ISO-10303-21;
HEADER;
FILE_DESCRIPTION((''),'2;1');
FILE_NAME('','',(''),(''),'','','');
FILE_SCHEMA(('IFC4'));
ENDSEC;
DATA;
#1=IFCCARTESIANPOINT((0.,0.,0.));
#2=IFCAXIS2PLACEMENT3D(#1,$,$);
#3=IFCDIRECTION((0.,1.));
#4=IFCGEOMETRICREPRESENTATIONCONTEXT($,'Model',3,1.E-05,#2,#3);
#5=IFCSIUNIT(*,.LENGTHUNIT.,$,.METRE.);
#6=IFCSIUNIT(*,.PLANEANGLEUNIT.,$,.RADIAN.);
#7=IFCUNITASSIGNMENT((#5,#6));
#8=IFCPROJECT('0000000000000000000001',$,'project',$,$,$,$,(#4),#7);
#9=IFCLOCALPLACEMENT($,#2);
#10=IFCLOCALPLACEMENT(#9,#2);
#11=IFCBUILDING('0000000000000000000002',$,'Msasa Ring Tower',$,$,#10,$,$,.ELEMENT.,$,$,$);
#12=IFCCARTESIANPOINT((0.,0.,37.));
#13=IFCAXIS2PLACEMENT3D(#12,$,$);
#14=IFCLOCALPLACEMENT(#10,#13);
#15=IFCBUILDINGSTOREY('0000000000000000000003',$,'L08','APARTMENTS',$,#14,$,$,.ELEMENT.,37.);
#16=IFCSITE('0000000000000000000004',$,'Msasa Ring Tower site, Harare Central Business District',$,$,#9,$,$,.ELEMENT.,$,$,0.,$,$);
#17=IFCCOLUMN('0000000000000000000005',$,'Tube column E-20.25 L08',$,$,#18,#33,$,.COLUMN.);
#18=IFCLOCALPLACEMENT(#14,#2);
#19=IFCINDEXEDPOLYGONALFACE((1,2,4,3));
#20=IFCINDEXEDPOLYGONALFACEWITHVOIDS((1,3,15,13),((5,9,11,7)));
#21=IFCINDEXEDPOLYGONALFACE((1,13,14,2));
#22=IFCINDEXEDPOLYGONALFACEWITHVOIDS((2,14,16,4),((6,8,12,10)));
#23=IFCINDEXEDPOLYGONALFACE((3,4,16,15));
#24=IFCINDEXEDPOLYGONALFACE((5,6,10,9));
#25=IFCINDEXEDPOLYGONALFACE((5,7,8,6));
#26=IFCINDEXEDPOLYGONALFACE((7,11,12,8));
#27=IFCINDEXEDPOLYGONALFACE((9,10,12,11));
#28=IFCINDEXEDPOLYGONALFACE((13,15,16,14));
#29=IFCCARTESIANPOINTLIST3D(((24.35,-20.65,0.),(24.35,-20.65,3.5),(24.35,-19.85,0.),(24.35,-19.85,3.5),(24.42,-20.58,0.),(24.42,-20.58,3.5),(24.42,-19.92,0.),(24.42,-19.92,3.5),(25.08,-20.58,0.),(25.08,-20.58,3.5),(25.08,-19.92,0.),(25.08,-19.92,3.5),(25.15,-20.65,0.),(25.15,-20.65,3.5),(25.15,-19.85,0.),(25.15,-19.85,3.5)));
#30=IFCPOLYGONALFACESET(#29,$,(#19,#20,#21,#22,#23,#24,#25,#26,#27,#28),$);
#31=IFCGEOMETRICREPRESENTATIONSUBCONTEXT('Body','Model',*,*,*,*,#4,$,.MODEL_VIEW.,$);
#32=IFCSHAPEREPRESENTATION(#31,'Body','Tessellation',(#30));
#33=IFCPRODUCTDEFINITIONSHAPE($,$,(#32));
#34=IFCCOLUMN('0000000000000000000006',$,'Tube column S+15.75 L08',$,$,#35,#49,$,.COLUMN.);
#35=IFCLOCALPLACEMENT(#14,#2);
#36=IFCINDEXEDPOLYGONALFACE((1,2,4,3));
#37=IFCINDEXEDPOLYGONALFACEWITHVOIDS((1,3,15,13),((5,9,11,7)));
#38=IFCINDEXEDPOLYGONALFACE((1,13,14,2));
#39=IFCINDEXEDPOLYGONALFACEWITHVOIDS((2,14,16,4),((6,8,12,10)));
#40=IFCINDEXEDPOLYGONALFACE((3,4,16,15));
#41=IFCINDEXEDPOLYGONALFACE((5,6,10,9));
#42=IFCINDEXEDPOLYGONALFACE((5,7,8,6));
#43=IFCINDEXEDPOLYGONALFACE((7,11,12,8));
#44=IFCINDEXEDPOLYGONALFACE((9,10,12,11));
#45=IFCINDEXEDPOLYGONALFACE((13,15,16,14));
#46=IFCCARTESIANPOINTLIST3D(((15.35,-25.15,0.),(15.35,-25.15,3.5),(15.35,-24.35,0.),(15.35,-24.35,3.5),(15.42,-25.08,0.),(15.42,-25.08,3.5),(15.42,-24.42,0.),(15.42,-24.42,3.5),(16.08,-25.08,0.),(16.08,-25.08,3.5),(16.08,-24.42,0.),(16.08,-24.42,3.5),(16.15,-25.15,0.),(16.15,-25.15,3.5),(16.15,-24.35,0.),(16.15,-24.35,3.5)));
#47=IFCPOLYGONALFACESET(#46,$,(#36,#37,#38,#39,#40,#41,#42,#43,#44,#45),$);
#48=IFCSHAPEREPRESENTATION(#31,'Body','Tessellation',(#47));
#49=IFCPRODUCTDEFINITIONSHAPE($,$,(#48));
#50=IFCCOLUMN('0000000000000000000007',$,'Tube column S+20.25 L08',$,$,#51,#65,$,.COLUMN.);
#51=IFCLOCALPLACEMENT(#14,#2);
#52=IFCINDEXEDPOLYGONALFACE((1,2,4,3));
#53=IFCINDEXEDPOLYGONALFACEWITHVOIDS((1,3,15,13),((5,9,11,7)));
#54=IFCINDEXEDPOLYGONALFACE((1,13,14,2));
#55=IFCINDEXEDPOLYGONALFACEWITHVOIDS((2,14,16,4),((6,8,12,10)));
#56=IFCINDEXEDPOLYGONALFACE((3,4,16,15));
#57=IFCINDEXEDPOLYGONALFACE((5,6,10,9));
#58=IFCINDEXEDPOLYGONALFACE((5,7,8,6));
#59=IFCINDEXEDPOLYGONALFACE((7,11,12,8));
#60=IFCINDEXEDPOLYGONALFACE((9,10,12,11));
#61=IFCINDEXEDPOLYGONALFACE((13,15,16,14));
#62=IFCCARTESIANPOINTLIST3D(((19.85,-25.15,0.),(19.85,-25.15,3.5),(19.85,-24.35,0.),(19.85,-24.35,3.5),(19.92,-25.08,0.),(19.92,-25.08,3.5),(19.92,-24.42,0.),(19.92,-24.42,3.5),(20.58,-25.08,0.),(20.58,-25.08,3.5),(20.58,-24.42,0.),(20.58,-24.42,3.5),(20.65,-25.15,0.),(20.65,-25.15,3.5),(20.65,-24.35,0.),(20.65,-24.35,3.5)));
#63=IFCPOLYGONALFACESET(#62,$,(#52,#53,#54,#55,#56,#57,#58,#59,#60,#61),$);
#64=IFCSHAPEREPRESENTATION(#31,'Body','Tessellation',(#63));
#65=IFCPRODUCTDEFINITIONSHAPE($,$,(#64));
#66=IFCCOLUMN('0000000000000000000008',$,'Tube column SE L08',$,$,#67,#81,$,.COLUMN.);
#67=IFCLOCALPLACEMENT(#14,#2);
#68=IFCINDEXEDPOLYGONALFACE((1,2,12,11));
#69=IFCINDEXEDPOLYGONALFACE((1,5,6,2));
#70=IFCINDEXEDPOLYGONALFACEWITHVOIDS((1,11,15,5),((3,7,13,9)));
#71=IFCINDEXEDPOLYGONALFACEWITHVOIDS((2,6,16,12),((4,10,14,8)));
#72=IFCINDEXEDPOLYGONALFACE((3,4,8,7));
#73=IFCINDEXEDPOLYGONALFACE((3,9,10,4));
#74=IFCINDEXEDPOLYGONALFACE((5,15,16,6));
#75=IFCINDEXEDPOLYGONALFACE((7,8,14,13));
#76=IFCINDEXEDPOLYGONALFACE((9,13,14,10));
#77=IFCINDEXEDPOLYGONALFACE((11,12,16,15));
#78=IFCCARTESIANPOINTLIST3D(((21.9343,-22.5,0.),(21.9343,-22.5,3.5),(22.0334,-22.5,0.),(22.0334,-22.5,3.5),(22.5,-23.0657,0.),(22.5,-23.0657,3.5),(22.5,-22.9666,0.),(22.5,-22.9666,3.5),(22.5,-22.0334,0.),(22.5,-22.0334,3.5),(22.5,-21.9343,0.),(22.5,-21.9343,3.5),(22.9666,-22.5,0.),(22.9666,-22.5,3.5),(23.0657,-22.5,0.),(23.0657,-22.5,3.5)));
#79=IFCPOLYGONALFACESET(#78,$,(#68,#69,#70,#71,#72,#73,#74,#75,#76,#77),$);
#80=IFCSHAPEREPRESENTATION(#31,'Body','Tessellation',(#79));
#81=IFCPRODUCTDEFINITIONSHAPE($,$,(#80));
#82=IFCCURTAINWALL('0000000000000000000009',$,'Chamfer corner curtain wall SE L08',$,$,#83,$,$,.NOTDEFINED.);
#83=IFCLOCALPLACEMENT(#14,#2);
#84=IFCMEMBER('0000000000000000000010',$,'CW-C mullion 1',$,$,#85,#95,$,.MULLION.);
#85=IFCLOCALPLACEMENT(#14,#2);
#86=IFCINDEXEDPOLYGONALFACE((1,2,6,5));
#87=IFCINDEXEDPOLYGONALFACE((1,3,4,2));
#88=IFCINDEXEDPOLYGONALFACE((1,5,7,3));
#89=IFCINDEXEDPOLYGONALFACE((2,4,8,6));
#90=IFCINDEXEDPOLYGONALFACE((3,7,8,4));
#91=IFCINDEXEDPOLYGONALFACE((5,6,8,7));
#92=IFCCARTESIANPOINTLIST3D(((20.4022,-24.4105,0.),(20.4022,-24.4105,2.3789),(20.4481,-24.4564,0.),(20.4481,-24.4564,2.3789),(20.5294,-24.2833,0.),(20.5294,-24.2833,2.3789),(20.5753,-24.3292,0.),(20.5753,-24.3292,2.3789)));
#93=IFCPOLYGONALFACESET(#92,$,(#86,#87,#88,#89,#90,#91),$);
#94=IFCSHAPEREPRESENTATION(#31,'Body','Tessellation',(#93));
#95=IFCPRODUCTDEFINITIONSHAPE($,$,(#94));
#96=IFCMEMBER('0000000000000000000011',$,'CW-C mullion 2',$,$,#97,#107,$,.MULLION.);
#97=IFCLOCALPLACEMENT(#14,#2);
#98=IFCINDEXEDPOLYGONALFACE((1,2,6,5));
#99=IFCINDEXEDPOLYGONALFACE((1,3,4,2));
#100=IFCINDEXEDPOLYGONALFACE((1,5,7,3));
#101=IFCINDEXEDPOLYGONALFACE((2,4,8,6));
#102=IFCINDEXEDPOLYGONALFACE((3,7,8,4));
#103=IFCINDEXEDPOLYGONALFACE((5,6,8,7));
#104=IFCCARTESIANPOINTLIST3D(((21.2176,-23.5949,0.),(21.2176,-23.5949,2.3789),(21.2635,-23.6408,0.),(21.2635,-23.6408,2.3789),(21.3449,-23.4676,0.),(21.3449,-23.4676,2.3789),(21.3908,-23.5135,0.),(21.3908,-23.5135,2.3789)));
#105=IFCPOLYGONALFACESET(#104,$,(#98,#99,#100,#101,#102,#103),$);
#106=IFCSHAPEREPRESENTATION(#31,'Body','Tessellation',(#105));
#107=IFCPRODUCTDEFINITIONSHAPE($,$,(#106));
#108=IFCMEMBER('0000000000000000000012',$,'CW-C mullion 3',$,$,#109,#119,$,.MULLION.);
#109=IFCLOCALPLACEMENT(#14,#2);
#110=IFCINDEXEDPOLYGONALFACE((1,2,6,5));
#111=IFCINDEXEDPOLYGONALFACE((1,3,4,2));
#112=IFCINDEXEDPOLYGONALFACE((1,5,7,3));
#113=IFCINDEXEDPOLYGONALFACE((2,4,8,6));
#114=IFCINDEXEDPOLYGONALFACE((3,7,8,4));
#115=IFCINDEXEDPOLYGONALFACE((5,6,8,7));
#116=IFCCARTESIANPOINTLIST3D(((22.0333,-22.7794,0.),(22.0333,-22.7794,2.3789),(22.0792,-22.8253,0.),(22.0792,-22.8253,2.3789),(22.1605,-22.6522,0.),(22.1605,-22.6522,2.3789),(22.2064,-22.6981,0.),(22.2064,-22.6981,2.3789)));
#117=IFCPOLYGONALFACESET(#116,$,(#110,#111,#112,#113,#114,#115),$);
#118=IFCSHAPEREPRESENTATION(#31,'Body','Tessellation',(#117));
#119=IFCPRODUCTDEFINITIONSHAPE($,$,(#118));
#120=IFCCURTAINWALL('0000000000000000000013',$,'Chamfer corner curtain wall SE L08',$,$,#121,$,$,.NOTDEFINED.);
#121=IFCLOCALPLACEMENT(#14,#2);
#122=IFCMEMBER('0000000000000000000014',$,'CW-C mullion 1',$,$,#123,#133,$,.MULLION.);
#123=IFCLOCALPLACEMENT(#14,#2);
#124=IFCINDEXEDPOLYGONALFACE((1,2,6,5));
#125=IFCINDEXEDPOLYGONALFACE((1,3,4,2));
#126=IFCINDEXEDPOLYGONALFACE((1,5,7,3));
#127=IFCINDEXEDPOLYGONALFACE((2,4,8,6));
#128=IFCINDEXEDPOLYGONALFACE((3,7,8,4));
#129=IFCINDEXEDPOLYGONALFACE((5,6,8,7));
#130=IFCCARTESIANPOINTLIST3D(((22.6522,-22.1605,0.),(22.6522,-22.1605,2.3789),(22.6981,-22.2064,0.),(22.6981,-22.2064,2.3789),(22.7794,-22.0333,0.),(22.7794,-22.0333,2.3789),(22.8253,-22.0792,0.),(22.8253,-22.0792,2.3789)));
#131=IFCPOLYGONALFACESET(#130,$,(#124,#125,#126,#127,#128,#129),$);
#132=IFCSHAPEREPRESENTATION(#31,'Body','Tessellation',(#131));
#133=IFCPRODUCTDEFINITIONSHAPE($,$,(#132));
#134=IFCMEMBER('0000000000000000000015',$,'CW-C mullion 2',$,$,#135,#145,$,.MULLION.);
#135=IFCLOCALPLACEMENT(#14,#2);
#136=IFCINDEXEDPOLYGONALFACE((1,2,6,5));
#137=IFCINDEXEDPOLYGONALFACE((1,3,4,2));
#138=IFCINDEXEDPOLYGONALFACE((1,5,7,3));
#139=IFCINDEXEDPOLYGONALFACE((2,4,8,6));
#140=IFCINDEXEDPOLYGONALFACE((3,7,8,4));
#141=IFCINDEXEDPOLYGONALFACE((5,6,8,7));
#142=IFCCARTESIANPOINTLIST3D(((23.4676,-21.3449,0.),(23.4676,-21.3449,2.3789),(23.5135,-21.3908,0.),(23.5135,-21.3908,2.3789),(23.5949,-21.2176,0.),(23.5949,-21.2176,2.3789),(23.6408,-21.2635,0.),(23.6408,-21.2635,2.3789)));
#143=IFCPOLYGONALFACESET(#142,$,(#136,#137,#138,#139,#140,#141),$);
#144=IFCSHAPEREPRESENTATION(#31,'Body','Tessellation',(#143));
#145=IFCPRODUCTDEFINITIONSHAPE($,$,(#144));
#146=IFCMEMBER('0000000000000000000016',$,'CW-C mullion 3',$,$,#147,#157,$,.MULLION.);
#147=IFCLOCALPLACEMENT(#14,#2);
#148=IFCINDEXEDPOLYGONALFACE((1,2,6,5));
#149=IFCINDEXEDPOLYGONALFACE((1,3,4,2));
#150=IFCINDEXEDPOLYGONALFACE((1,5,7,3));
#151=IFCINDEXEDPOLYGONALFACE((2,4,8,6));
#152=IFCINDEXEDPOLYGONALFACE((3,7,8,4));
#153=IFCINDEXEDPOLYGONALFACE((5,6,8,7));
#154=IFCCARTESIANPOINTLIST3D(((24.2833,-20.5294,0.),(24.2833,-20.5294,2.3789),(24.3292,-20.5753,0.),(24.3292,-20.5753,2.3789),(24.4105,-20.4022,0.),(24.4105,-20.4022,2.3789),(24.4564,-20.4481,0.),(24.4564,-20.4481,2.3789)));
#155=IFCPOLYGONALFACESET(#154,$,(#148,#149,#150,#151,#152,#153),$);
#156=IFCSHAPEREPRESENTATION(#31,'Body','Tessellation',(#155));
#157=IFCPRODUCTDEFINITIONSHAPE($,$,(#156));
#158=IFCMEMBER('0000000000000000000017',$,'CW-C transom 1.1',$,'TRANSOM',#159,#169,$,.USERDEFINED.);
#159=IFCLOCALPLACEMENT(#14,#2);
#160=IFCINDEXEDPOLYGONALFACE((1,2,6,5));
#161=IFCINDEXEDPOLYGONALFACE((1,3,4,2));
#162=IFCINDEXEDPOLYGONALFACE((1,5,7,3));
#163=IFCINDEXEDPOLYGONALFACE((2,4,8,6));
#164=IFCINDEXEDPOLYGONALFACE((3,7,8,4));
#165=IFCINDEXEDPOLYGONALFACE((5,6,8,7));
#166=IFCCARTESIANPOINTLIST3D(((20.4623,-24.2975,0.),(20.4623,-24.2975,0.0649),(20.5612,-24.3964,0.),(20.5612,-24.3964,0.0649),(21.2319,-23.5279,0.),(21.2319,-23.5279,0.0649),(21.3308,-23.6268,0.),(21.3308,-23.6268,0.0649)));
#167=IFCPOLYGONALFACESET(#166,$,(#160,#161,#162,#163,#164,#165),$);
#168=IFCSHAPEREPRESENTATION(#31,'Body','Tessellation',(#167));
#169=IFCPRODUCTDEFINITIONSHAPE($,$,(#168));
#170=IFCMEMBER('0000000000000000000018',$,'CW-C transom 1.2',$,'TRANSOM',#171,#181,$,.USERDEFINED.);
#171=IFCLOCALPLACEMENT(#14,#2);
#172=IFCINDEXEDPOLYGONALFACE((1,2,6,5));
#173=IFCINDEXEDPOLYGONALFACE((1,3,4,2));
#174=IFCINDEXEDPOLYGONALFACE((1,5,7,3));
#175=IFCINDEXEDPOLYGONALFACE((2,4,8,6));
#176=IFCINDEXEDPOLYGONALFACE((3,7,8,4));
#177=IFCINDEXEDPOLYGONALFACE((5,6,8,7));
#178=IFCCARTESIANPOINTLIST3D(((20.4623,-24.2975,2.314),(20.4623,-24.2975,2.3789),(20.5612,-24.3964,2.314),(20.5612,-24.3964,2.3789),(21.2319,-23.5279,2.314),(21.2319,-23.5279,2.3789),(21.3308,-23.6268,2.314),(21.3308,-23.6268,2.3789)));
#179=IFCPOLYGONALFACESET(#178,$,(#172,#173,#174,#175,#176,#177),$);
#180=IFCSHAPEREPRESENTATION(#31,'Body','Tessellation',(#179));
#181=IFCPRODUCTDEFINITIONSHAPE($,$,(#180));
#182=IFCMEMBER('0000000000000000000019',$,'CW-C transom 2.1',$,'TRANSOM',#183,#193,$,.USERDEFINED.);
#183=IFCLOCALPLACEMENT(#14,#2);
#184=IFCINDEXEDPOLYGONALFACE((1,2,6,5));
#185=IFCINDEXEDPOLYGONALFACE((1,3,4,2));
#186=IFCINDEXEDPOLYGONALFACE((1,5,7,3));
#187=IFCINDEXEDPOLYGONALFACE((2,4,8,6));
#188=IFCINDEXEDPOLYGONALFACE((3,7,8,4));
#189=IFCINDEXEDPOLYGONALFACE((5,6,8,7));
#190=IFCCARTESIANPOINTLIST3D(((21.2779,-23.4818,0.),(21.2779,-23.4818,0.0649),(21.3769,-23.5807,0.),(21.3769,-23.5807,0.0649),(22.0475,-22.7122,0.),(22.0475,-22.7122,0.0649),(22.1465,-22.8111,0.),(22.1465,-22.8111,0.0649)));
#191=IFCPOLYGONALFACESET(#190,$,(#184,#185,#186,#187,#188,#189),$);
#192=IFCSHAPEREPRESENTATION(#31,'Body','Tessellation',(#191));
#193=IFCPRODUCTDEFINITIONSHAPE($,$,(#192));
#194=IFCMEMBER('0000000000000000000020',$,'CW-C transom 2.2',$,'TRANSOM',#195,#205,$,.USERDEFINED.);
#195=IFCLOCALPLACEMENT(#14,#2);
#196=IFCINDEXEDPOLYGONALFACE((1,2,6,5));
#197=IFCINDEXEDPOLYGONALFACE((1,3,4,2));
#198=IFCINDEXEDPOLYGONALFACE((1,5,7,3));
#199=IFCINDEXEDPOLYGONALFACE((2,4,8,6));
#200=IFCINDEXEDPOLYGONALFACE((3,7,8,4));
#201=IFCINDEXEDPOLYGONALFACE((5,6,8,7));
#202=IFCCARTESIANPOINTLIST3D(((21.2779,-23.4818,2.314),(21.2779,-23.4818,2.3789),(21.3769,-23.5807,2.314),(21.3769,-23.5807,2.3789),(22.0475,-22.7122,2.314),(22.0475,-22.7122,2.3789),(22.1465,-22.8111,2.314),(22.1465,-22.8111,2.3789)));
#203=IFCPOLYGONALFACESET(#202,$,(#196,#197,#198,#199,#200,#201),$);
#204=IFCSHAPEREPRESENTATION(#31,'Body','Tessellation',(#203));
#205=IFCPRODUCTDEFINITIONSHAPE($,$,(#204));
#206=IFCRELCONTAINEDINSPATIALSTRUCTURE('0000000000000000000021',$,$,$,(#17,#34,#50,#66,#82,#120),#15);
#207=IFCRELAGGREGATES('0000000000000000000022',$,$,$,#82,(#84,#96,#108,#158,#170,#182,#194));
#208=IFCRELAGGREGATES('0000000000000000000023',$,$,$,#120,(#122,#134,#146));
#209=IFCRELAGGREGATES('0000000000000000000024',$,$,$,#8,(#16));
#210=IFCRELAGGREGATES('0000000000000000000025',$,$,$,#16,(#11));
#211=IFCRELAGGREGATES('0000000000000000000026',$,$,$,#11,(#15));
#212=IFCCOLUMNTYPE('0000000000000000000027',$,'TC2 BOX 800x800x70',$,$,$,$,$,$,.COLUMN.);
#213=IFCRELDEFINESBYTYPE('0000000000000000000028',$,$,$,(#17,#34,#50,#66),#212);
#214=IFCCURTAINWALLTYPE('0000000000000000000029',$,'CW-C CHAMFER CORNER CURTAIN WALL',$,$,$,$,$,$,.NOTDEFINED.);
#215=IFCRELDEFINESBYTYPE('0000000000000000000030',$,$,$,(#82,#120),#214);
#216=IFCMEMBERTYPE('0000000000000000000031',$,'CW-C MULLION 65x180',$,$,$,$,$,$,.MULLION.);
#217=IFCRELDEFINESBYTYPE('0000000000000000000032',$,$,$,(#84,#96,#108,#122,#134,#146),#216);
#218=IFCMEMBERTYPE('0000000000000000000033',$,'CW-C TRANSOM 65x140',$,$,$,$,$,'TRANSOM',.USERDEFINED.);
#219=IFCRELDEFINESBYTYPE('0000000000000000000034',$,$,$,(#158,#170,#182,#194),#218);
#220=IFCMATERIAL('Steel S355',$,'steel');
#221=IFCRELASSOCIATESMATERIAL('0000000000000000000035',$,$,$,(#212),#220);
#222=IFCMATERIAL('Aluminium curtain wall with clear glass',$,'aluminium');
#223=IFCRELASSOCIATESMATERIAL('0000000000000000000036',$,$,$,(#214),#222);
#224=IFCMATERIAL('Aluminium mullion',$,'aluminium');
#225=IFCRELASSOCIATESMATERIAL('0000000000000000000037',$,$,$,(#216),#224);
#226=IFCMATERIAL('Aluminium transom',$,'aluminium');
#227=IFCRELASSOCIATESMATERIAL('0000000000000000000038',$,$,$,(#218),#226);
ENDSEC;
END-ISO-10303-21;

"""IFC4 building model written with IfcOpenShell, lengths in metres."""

from ifc_helpers import new_model, si_unit, direction, frame, origin, origin_2d, place, context, subcontext, project, spatial, rectangle, hollow_rectangle, extrude, material, material_profile, profile_set, type_object, element, aggregate, save


model = new_model("IFC4")

# Units and contexts
model_context = context("Model", 3, precision=1e-05, world=origin(), true_north=direction((0.0, 1.0)))
body_context = subcontext(model_context, "Body", "Model", "MODEL_VIEW")
ifc_project = project(units=[si_unit("LENGTHUNIT", "METRE"), si_unit("PLANEANGLEUNIT", "RADIAN")], contexts=[model_context])

# Site, building, storey
site_placement = place(None, origin())
site = spatial("IfcSite", under=ifc_project, at=site_placement, Name="Msasa Ring Tower site, Harare Central Business District", CompositionType="ELEMENT", RefElevation=0.0)
building_placement = place(site_placement, origin())
building = spatial("IfcBuilding", under=site, at=building_placement, Name="Msasa Ring Tower", CompositionType="ELEMENT")
storey_placement = place(building_placement, frame((0.0, 0.0, 37.0)))
storey = spatial("IfcBuildingStorey", under=building, at=storey_placement, Name="L08", Description="APARTMENTS", CompositionType="ELEMENT", Elevation=37.0)

# Columns
ifc_material_1 = material(Name="Steel S355", Category="steel")
ifc_material_profile_1 = material_profile(ifc_material_1, hollow_rectangle(XDim=0.8, YDim=0.8, WallThickness=0.0701, at=origin_2d()), Name="BOX 800x800x70")
ifc_profile_set_1 = profile_set([ifc_material_profile_1], Name="Steel S355")
column_type = type_object("IfcColumnType", Name="TC2 BOX 800x800x70", PredefinedType="COLUMN", material=ifc_profile_set_1)
for number, where, z_axis, x_axis, name in (
    (1, (24.75, -20.25, 0.0), (0.0, 0.0, 1.0), (1.0, 0.0, 0.0), "Tube column E-20.25 L08"),
    (2, (15.75, -24.75, 0.0), (0.0, 0.0, 1.0), (0.0, 1.0, 0.0), "Tube column S+15.75 L08"),
    (3, (20.25, -24.75, 0.0), (0.0, 0.0, 1.0), (0.0, 1.0, 0.0), "Tube column S+20.25 L08"),
    (4, (22.5, -22.5, 0.0), (0.0, 0.0, 1.0), (0.707107, -0.707107, 0.0), "Tube column SE L08"),
):
    element("IfcColumn", number, at=place(storey_placement, frame(where, z_axis=z_axis, x_axis=x_axis)), inside=storey, type_object=column_type, Name=name, PredefinedType="COLUMN", context=body_context, shape_type="SweptSolid", body=[
        extrude(hollow_rectangle(XDim=0.8, YDim=0.8, WallThickness=0.0701, at=origin_2d()), origin(), (0.0, 0.0, 1.0), 3.5),
    ])

# Curtain walls, members
ifc_material_2 = material(Name="Aluminium curtain wall with clear glass", Category="aluminium")
curtain_wall_type = type_object("IfcCurtainWallType", Name="CW-C CHAMFER CORNER CURTAIN WALL", PredefinedType="NOTDEFINED", material=ifc_material_2)
curtain_wall_1_placement = place(storey_placement, origin())
curtain_wall_1 = element("IfcCurtainWall", 5, at=curtain_wall_1_placement, inside=storey, type_object=curtain_wall_type, Name="Chamfer corner curtain wall SE L08", PredefinedType="NOTDEFINED")
ifc_material_3 = material(Name="Aluminium mullion", Category="aluminium")
ifc_material_profile_2 = material_profile(ifc_material_3, rectangle(XDim=0.0649, YDim=0.1799, at=origin_2d()), Name="AL 65x180")
ifc_profile_set_2 = profile_set([ifc_material_profile_2], Name="Aluminium mullion")
member_type_1 = type_object("IfcMemberType", Name="CW-C MULLION 65x180", PredefinedType="MULLION", material=ifc_profile_set_2)
member_1_placement = place(storey_placement, frame((20.4888, -24.3699, 0.0), z_axis=(0.0, 0.0, 1.0), x_axis=(-0.707107, 0.707107, 0.0)))
member_1 = element("IfcMember", 6, at=member_1_placement, type_object=member_type_1, Name="CW-C mullion 1", PredefinedType="MULLION", context=body_context, shape_type="SweptSolid", body=[
    extrude(rectangle(XDim=0.0649, YDim=0.1799, at=origin_2d()), origin(), (0.0, 0.0, 1.0), 2.3789),
])
member_2_placement = place(storey_placement, frame((21.3042, -23.5542, 0.0), z_axis=(0.0, 0.0, 1.0), x_axis=(-0.707107, 0.707107, 0.0)))
member_2 = element("IfcMember", 7, at=member_2_placement, type_object=member_type_1, Name="CW-C mullion 2", PredefinedType="MULLION", context=body_context, shape_type="SweptSolid", body=[
    extrude(rectangle(XDim=0.0649, YDim=0.1799, at=origin_2d()), origin(), (0.0, 0.0, 1.0), 2.3789),
])
member_3_placement = place(storey_placement, frame((22.1199, -22.7388, 0.0), z_axis=(0.0, 0.0, 1.0), x_axis=(-0.707107, 0.707107, 0.0)))
member_3 = element("IfcMember", 8, at=member_3_placement, type_object=member_type_1, Name="CW-C mullion 3", PredefinedType="MULLION", context=body_context, shape_type="SweptSolid", body=[
    extrude(rectangle(XDim=0.0649, YDim=0.1799, at=origin_2d()), origin(), (0.0, 0.0, 1.0), 2.3789),
])
curtain_wall_2_placement = place(storey_placement, origin())
curtain_wall_2 = element("IfcCurtainWall", 9, at=curtain_wall_2_placement, inside=storey, type_object=curtain_wall_type, Name="Chamfer corner curtain wall SE L08", PredefinedType="NOTDEFINED")
member_4_placement = place(storey_placement, frame((22.7388, -22.1199, 0.0), z_axis=(0.0, 0.0, 1.0), x_axis=(-0.707107, 0.707107, 0.0)))
member_4 = element("IfcMember", 10, at=member_4_placement, type_object=member_type_1, Name="CW-C mullion 1", PredefinedType="MULLION", context=body_context, shape_type="SweptSolid", body=[
    extrude(rectangle(XDim=0.0649, YDim=0.1799, at=origin_2d()), origin(), (0.0, 0.0, 1.0), 2.3789),
])
member_5_placement = place(storey_placement, frame((23.5542, -21.3042, 0.0), z_axis=(0.0, 0.0, 1.0), x_axis=(-0.707107, 0.707107, 0.0)))
member_5 = element("IfcMember", 11, at=member_5_placement, type_object=member_type_1, Name="CW-C mullion 2", PredefinedType="MULLION", context=body_context, shape_type="SweptSolid", body=[
    extrude(rectangle(XDim=0.0649, YDim=0.1799, at=origin_2d()), origin(), (0.0, 0.0, 1.0), 2.3789),
])
member_6_placement = place(storey_placement, frame((24.3699, -20.4888, 0.0), z_axis=(0.0, 0.0, 1.0), x_axis=(-0.707107, 0.707107, 0.0)))
member_6 = element("IfcMember", 12, at=member_6_placement, type_object=member_type_1, Name="CW-C mullion 3", PredefinedType="MULLION", context=body_context, shape_type="SweptSolid", body=[
    extrude(rectangle(XDim=0.0649, YDim=0.1799, at=origin_2d()), origin(), (0.0, 0.0, 1.0), 2.3789),
])

# Members
ifc_material_4 = material(Name="Aluminium transom", Category="aluminium")
ifc_material_profile_3 = material_profile(ifc_material_4, rectangle(XDim=0.1399, YDim=0.0649, at=origin_2d()), Name="AL 65x140")
ifc_profile_set_3 = profile_set([ifc_material_profile_3], Name="Aluminium transom")
member_type_2 = type_object("IfcMemberType", Name="CW-C TRANSOM 65x140", ElementType="TRANSOM", PredefinedType="USERDEFINED", material=ifc_profile_set_3)
member_7_placement = place(storey_placement, frame((20.5117, -24.3469, 0.0325), z_axis=(0.707107, 0.707107, 0.0), x_axis=(-0.707107, 0.707107, 0.0)))
member_7 = element("IfcMember", 13, at=member_7_placement, type_object=member_type_2, Name="CW-C transom 1.1", ObjectType="TRANSOM", PredefinedType="USERDEFINED", context=body_context, shape_type="SweptSolid", body=[
    extrude(rectangle(XDim=0.1399, YDim=0.0649, at=origin_2d()), origin(), (0.0, 0.0, 1.0), 1.0884),
])
member_8_placement = place(storey_placement, frame((20.5117, -24.3469, 2.3464), z_axis=(0.707107, 0.707107, 0.0), x_axis=(-0.707107, 0.707107, 0.0)))
member_8 = element("IfcMember", 14, at=member_8_placement, type_object=member_type_2, Name="CW-C transom 1.2", ObjectType="TRANSOM", PredefinedType="USERDEFINED", context=body_context, shape_type="SweptSolid", body=[
    extrude(rectangle(XDim=0.1399, YDim=0.0649, at=origin_2d()), origin(), (0.0, 0.0, 1.0), 1.0884),
])
member_9_placement = place(storey_placement, frame((21.3274, -23.5312, 0.0325), z_axis=(0.707107, 0.707107, 0.0), x_axis=(-0.707107, 0.707107, 0.0)))
member_9 = element("IfcMember", 15, at=member_9_placement, type_object=member_type_2, Name="CW-C transom 2.1", ObjectType="TRANSOM", PredefinedType="USERDEFINED", context=body_context, shape_type="SweptSolid", body=[
    extrude(rectangle(XDim=0.1399, YDim=0.0649, at=origin_2d()), origin(), (0.0, 0.0, 1.0), 1.0884),
])
member_10_placement = place(storey_placement, frame((21.3274, -23.5312, 2.3464), z_axis=(0.707107, 0.707107, 0.0), x_axis=(-0.707107, 0.707107, 0.0)))
member_10 = element("IfcMember", 16, at=member_10_placement, type_object=member_type_2, Name="CW-C transom 2.2", ObjectType="TRANSOM", PredefinedType="USERDEFINED", context=body_context, shape_type="SweptSolid", body=[
    extrude(rectangle(XDim=0.1399, YDim=0.0649, at=origin_2d()), origin(), (0.0, 0.0, 1.0), 1.0884),
])

aggregate(curtain_wall_1, [member_1, member_2, member_3, member_7, member_8, member_9, member_10])
aggregate(curtain_wall_2, [member_4, member_5, member_6])

save(model, "model.ifc")
